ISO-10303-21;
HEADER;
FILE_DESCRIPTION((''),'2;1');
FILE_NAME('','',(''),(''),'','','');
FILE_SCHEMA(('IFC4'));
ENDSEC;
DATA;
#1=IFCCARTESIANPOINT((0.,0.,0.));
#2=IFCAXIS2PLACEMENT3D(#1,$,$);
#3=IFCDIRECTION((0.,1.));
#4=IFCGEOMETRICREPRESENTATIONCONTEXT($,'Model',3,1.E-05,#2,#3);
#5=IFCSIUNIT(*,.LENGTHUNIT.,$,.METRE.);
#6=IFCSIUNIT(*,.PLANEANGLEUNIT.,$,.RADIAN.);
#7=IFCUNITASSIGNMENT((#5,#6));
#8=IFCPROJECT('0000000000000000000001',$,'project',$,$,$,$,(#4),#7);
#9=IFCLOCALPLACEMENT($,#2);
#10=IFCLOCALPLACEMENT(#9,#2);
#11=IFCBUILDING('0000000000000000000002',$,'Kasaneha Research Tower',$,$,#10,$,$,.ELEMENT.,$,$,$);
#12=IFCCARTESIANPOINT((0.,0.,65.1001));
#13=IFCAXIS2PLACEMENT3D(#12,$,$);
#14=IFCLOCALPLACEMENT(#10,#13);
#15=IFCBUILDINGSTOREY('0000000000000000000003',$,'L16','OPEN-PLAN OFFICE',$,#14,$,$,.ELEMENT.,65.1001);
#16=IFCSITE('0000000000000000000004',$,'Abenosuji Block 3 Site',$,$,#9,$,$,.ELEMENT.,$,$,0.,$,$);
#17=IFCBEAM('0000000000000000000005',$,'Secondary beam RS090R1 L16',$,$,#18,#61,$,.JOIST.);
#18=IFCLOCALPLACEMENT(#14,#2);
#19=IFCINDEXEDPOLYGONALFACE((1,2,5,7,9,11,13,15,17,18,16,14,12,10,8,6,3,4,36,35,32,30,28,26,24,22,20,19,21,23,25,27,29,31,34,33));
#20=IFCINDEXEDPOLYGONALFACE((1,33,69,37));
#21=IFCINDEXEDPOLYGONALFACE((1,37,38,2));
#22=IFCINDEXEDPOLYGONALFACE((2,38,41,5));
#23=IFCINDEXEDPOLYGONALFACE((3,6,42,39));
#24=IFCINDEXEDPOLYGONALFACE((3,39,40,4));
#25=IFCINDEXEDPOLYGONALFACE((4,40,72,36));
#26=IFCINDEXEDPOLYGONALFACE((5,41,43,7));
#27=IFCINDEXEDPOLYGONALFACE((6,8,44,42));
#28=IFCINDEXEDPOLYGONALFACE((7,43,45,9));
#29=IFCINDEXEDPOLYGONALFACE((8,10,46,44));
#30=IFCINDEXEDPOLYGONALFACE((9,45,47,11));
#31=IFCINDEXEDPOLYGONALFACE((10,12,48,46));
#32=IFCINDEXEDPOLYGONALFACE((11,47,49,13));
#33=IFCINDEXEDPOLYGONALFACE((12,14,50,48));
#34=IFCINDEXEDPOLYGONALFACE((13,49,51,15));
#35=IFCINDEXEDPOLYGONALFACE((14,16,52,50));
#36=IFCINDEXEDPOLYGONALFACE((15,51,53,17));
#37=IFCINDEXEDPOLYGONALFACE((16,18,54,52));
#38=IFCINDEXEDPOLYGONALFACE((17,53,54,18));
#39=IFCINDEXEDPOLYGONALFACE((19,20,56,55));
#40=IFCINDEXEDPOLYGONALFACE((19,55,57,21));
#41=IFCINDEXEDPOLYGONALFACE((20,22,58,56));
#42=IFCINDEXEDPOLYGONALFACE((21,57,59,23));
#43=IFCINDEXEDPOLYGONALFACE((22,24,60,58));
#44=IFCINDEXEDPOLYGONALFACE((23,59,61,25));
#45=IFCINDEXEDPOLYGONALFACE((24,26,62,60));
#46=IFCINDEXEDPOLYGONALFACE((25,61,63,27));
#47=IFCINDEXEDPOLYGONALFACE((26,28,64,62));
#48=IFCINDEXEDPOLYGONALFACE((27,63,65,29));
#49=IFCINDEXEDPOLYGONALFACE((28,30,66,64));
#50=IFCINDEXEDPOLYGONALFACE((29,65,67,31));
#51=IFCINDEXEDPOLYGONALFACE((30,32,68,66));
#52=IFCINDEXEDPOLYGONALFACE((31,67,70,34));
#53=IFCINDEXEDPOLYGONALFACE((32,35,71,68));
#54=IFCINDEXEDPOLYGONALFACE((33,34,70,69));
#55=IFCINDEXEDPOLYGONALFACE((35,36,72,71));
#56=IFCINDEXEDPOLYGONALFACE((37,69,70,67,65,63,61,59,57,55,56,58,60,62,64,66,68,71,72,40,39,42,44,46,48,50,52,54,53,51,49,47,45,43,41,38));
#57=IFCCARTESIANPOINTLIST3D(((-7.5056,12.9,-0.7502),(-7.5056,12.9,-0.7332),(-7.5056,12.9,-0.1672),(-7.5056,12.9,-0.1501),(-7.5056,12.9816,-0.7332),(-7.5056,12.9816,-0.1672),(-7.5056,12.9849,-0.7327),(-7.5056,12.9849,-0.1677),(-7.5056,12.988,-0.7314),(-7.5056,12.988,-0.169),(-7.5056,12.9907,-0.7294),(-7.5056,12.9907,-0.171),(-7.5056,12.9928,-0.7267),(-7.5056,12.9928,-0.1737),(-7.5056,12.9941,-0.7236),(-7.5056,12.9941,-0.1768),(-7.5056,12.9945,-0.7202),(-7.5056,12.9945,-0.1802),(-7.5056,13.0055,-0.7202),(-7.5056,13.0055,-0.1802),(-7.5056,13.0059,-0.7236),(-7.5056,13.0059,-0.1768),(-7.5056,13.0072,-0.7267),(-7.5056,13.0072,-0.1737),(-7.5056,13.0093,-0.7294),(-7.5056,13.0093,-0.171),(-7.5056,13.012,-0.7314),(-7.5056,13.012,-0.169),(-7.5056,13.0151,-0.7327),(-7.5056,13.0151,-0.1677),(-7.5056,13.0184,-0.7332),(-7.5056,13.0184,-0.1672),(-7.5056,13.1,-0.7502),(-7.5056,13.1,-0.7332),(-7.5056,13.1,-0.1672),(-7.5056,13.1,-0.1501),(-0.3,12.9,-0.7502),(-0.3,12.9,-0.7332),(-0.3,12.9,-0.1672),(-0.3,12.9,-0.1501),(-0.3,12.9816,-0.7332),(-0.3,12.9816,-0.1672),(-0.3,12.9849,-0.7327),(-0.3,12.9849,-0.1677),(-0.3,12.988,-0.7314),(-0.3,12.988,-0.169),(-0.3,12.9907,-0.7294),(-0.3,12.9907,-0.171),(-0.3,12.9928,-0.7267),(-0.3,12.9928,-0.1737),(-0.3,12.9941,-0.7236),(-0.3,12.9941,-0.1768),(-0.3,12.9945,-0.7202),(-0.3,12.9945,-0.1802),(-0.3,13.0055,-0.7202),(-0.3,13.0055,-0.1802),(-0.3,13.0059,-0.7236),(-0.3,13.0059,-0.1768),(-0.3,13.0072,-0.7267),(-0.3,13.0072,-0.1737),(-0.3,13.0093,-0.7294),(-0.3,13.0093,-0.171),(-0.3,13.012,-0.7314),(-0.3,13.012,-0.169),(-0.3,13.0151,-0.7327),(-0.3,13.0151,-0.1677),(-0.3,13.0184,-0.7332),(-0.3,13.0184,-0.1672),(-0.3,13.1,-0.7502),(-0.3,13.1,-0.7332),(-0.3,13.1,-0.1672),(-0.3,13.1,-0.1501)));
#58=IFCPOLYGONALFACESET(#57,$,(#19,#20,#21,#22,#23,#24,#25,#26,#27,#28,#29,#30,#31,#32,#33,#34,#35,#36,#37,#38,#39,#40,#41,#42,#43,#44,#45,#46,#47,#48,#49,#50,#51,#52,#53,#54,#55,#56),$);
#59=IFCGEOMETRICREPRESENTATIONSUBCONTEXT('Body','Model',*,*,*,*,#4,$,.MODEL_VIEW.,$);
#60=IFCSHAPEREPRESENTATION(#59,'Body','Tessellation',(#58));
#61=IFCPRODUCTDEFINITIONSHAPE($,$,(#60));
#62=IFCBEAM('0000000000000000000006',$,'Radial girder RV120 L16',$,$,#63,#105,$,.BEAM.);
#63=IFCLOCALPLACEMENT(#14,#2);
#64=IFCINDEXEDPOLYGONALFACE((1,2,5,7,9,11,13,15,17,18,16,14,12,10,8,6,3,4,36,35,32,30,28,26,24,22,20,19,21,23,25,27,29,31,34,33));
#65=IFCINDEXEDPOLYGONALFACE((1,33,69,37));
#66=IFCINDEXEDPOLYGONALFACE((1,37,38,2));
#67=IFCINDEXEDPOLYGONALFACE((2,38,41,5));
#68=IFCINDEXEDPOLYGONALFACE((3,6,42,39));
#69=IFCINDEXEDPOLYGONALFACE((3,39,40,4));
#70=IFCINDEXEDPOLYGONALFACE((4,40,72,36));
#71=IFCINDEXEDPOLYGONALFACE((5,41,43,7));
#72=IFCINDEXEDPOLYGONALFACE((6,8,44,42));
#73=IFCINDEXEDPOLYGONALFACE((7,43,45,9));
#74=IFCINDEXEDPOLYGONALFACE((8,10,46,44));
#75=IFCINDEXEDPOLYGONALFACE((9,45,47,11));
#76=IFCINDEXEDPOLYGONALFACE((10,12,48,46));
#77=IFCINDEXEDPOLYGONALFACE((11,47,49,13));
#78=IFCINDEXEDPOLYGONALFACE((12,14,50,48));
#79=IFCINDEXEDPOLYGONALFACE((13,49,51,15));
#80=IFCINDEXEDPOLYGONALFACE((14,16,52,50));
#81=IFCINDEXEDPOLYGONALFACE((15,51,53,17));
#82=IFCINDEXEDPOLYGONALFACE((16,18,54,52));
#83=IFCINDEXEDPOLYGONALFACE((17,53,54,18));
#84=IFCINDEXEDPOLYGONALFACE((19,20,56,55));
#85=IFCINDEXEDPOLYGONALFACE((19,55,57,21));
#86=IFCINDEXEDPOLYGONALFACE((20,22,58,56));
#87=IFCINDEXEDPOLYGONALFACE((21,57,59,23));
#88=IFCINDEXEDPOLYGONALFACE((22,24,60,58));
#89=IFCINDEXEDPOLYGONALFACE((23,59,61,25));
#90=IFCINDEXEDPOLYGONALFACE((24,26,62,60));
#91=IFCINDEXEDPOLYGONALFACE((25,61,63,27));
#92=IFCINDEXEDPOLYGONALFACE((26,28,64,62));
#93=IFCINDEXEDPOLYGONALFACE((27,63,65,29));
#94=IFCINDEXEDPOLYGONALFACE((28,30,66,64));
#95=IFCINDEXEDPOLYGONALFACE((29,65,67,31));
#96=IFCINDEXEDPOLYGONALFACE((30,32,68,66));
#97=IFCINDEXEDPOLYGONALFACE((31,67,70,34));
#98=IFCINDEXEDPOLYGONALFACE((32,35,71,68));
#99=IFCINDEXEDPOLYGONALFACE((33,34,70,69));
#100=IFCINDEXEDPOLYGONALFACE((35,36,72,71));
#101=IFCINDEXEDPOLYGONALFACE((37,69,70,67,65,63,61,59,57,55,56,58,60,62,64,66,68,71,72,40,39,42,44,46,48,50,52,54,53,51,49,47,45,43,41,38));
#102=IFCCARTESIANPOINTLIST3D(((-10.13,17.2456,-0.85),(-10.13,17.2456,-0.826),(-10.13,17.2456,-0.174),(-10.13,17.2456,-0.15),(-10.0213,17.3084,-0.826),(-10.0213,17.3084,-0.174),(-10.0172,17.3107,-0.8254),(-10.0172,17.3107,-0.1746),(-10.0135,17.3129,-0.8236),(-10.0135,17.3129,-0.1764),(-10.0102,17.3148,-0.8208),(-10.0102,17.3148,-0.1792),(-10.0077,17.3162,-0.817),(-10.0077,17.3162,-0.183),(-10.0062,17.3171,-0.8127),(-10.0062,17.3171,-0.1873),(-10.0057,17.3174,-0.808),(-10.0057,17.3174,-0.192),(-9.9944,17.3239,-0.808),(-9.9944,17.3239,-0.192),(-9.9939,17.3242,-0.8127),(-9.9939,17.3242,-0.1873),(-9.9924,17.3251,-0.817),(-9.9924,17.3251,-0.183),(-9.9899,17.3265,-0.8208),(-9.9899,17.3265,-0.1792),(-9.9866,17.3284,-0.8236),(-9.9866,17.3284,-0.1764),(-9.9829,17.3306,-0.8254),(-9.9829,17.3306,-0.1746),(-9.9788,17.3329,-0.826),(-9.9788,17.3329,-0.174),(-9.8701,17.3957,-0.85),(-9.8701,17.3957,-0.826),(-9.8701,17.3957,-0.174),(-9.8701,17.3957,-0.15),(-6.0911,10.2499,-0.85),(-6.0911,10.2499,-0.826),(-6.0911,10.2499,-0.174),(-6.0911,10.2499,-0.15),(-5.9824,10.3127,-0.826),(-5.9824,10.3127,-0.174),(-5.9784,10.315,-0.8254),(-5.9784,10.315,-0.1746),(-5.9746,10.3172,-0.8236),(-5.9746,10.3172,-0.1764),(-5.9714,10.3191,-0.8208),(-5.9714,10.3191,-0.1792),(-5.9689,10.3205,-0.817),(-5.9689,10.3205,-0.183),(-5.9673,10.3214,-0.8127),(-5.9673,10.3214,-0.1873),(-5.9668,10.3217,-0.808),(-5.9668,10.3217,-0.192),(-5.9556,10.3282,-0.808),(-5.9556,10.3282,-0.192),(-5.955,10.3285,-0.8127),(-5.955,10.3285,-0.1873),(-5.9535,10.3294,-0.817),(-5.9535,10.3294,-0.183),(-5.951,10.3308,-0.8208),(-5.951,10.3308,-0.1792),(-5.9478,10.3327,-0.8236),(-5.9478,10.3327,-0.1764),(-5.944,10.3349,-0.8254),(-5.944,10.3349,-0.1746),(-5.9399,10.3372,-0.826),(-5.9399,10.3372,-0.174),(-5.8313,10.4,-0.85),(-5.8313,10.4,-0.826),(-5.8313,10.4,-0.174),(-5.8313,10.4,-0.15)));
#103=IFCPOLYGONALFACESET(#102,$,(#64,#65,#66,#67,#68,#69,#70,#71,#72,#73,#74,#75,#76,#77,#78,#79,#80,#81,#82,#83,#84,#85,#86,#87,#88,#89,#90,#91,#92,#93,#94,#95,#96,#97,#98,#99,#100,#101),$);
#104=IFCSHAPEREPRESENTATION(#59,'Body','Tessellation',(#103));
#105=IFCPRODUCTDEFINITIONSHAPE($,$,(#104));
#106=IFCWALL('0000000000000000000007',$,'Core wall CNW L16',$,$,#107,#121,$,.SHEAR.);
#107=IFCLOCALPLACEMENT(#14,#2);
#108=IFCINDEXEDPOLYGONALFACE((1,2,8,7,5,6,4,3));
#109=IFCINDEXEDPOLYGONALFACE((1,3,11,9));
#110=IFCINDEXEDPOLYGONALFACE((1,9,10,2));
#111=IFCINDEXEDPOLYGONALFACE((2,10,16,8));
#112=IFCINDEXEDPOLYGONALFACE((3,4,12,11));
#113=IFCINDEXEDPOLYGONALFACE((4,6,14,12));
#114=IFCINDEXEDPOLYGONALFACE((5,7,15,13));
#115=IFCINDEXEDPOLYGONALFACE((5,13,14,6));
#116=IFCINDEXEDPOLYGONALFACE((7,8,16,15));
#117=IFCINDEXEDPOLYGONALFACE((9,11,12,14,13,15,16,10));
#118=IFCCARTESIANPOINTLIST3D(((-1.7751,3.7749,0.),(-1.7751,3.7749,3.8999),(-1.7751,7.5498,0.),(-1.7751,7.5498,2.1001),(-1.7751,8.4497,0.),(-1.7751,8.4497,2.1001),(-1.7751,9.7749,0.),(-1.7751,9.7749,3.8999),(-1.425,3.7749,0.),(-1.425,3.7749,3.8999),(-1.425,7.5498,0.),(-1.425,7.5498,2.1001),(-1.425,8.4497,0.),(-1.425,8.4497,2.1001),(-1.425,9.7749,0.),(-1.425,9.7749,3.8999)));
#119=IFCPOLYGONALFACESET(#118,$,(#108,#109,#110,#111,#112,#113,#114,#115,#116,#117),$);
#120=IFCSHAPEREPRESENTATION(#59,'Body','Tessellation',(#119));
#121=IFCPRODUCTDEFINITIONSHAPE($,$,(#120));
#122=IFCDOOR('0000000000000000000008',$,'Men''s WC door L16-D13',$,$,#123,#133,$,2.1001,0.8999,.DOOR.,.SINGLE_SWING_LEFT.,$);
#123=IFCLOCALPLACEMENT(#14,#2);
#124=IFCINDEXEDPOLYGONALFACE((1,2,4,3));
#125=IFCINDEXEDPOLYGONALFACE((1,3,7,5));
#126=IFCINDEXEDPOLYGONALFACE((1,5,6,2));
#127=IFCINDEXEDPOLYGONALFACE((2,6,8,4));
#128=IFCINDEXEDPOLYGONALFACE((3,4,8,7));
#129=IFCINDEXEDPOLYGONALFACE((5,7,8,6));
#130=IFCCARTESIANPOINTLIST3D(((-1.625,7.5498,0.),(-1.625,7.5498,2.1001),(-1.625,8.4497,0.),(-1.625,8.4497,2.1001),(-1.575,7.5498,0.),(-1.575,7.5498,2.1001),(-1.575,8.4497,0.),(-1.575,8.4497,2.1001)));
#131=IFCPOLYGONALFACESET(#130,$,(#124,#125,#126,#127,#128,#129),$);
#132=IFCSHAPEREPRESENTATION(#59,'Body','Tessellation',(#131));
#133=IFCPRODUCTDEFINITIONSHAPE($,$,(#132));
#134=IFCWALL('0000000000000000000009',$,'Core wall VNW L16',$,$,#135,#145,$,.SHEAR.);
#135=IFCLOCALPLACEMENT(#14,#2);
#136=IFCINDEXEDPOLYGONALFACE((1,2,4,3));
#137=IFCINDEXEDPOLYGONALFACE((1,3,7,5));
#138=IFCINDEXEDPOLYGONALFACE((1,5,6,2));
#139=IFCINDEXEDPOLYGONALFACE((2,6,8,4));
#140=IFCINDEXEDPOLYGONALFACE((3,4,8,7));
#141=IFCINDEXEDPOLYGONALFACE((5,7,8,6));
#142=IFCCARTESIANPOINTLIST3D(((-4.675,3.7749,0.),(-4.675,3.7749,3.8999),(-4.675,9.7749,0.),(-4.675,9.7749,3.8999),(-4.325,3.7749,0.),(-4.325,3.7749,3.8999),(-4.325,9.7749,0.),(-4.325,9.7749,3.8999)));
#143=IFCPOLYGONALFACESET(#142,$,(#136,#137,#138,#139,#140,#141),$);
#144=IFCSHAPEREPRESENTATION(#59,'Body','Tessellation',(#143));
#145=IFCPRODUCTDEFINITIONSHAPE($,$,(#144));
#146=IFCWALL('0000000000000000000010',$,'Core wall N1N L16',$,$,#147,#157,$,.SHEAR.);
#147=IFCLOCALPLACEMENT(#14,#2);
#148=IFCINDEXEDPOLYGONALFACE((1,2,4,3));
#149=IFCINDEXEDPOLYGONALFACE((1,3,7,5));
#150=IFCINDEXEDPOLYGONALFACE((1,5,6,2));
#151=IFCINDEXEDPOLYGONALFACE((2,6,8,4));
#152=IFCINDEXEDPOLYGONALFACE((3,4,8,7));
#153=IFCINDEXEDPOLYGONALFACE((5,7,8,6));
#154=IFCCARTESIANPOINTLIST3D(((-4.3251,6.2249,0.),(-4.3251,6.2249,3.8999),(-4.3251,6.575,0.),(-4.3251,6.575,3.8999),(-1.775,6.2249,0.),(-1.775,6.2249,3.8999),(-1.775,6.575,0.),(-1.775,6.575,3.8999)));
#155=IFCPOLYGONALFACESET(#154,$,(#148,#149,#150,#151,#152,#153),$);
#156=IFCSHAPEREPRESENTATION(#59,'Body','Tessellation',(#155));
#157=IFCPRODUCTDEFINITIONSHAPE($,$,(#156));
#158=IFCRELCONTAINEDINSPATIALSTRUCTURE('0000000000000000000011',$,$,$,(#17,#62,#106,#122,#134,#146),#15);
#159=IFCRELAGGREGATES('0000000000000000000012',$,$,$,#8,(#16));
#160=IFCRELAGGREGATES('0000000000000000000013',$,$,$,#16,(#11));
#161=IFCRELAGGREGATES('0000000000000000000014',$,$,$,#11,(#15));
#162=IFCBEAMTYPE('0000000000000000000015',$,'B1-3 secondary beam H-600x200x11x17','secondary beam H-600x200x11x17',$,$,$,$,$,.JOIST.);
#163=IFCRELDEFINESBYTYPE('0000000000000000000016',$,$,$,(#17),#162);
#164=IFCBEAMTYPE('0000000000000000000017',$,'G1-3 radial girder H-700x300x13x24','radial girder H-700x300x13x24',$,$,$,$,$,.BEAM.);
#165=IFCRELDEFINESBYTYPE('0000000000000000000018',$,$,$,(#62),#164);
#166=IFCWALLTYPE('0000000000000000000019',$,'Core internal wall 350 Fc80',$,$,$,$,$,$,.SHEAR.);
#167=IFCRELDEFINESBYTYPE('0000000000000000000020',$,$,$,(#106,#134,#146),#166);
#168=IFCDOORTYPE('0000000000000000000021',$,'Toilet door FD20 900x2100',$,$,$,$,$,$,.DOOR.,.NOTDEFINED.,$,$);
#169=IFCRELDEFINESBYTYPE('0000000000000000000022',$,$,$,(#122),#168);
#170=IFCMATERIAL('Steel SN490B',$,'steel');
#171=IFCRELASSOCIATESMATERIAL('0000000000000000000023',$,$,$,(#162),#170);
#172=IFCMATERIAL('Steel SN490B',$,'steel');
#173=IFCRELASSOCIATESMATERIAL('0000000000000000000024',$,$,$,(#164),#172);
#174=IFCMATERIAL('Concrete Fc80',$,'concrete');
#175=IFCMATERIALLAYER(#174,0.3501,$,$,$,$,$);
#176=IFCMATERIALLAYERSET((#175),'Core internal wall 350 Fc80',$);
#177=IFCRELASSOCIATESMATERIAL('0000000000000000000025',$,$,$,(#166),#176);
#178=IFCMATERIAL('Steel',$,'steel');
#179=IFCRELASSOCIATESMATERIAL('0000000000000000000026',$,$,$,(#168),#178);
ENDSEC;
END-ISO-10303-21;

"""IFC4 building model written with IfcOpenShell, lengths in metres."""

from ifc_helpers import new_model, si_unit, direction, frame, frame_2d, origin, origin_2d, place, context, subcontext, project, spatial, rectangle, i_section, extrude, material, layer, layer_set, material_profile, profile_set, type_object, element, fill, save


model = new_model("IFC4")

# Units and contexts
model_context = context("Model", 3, precision=1e-05, world=origin(), true_north=direction((0.0, 1.0)))
body_context = subcontext(model_context, "Body", "Model", "MODEL_VIEW")
ifc_project = project(units=[si_unit("LENGTHUNIT", "METRE"), si_unit("PLANEANGLEUNIT", "RADIAN")], contexts=[model_context])

# Site, building, storey
site_placement = place(None, origin())
site = spatial("IfcSite", under=ifc_project, at=site_placement, Name="Abenosuji Block 3 Site", CompositionType="ELEMENT", RefElevation=0.0)
building_placement = place(site_placement, origin())
building = spatial("IfcBuilding", under=site, at=building_placement, Name="Kasaneha Research Tower", CompositionType="ELEMENT")
storey_placement = place(building_placement, frame((0.0, 0.0, 65.1001)))
storey = spatial("IfcBuildingStorey", under=building, at=storey_placement, Name="L16", Description="OPEN-PLAN OFFICE", CompositionType="ELEMENT", Elevation=65.1001)

# Beams
ifc_material_1 = material(Name="Steel SN490B", Category="steel")
ifc_material_profile_1 = material_profile(ifc_material_1, i_section(OverallWidth=0.2, OverallDepth=0.6001, WebThickness=0.011, FlangeThickness=0.0171, FilletRadius=0.0129, at=origin_2d()), Name="H-600x200x11x17")
ifc_profile_set_1 = profile_set([ifc_material_profile_1], Name="Steel SN490B")
beam_type_1 = type_object("IfcBeamType", Name="B1-3 secondary beam H-600x200x11x17", Description="secondary beam H-600x200x11x17", PredefinedType="JOIST", material=ifc_profile_set_1)
beam_1_placement = place(storey_placement, frame((-7.5056, 13.0, -0.4502), z_axis=(1.0, 0.0, 0.0), x_axis=(0.0, 1.0, 0.0)))
element("IfcBeam", 1, at=beam_1_placement, inside=storey, type_object=beam_type_1, Name="Secondary beam RS090R1 L16", PredefinedType="JOIST", context=body_context, shape_type="SweptSolid", body=[
    extrude(i_section(OverallWidth=0.2, OverallDepth=0.6001, WebThickness=0.011, FlangeThickness=0.0171, FilletRadius=0.0129, at=origin_2d()), origin(), (0.0, 0.0, 1.0), 7.2056),
])
ifc_material_2 = material(Name="Steel SN490B", Category="steel")
ifc_material_profile_2 = material_profile(ifc_material_2, i_section(OverallWidth=0.3, OverallDepth=0.7, WebThickness=0.0129, FlangeThickness=0.0239, FilletRadius=0.0181, at=origin_2d()), Name="H-700x300x13x24")
ifc_profile_set_2 = profile_set([ifc_material_profile_2], Name="Steel SN490B")
beam_type_2 = type_object("IfcBeamType", Name="G1-3 radial girder H-700x300x13x24", Description="radial girder H-700x300x13x24", PredefinedType="BEAM", material=ifc_profile_set_2)
beam_2_placement = place(storey_placement, frame((-5.9612, 10.325, -0.5), z_axis=(-0.499991, 0.866031, 0.0), x_axis=(-0.866031, -0.499991, 0.0)))
element("IfcBeam", 2, at=beam_2_placement, inside=storey, type_object=beam_type_2, Name="Radial girder RV120 L16", PredefinedType="BEAM", context=body_context, shape_type="SweptSolid", body=[
    extrude(i_section(OverallWidth=0.3, OverallDepth=0.7, WebThickness=0.0129, FlangeThickness=0.0239, FilletRadius=0.0181, at=origin_2d()), origin(), (0.0, 0.0, 1.0), 8.0779),
])

# Wall, opening, door
ifc_material_3 = material(Name="Concrete Fc80", Category="concrete")
ifc_layer_1 = layer(ifc_material_3, 0.3501)
ifc_layer_set_1 = layer_set([ifc_layer_1], Name="Core internal wall 350 Fc80")
wall_type_1 = type_object("IfcWallType", Name="Core internal wall 350 Fc80", PredefinedType="SHEAR", material=ifc_layer_set_1)
wall_1_placement = place(storey_placement, frame((-1.6001, 3.7749, 0.0), z_axis=(0.0, 0.0, 1.0), x_axis=(0.0, 1.0, 0.0)))
wall_1 = element("IfcWall", 3, at=wall_1_placement, inside=storey, type_object=wall_type_1, Name="Core wall CNW L16", PredefinedType="SHEAR", context=body_context, shape_type="SweptSolid", body=[
    extrude(rectangle(XDim=6.0, YDim=0.3501, at=frame_2d((3.0, 0.0))), origin(), (0.0, 0.0, 1.0), 3.8999),
])
opening_1_placement = place(wall_1_placement, frame((3.7749, 0.0, 0.0)))
opening_1 = element("IfcOpeningElement", 4, at=opening_1_placement, cuts=wall_1, PredefinedType="OPENING", context=body_context, shape_type="SweptSolid", body=[
    extrude(rectangle(XDim=0.8999, YDim=2.1001, at=frame_2d((0.45, 1.05))), frame((0.0, 0.1851, 0.0), z_axis=(0.0, -1.0, 0.0), x_axis=(1.0, 0.0, 0.0)), (0.0, 0.0, 1.0), 0.3701),
])
ifc_material_4 = material(Name="Steel", Category="steel")
door_type_1 = type_object("IfcDoorType", Name="Toilet door FD20 900x2100", OperationType="NOTDEFINED", PredefinedType="DOOR", material=ifc_material_4)
door_1_placement = place(opening_1_placement, origin())
door_1 = element("IfcDoor", 5, at=door_1_placement, inside=storey, type_object=door_type_1, Name="Men's WC door L16-D13", OperationType="SINGLE_SWING_LEFT", OverallHeight=2.1001, OverallWidth=0.8999, PredefinedType="DOOR", context=body_context, shape_type="SweptSolid", body=[
    extrude(rectangle(XDim=0.8999, YDim=2.1001, at=frame_2d((0.45, 1.05))), frame((0.0, 0.0249, 0.0), z_axis=(0.0, -1.0, 0.0), x_axis=(1.0, 0.0, 0.0)), (0.0, 0.0, 1.0), 0.05),
])
fill(opening_1, door_1)

# Walls
wall_2_placement = place(storey_placement, frame((-4.5, 3.7749, 0.0), z_axis=(0.0, 0.0, 1.0), x_axis=(0.0, 1.0, 0.0)))
element("IfcWall", 6, at=wall_2_placement, inside=storey, type_object=wall_type_1, Name="Core wall VNW L16", PredefinedType="SHEAR", context=body_context, shape_type="SweptSolid", body=[
    extrude(rectangle(XDim=6.0, YDim=0.3501, at=frame_2d((3.0, 0.0))), origin(), (0.0, 0.0, 1.0), 3.8999),
])
wall_3_placement = place(storey_placement, frame((-4.325, 6.3999, 0.0), z_axis=(0.0, 0.0, 1.0), x_axis=(1.0, 0.0, 0.0)))
element("IfcWall", 7, at=wall_3_placement, inside=storey, type_object=wall_type_1, Name="Core wall N1N L16", PredefinedType="SHEAR", context=body_context, shape_type="SweptSolid", body=[
    extrude(rectangle(XDim=2.55, YDim=0.3501, at=frame_2d((1.2749, 0.0))), origin(), (0.0, 0.0, 1.0), 3.8999),
])

save(model, "model.ifc")
